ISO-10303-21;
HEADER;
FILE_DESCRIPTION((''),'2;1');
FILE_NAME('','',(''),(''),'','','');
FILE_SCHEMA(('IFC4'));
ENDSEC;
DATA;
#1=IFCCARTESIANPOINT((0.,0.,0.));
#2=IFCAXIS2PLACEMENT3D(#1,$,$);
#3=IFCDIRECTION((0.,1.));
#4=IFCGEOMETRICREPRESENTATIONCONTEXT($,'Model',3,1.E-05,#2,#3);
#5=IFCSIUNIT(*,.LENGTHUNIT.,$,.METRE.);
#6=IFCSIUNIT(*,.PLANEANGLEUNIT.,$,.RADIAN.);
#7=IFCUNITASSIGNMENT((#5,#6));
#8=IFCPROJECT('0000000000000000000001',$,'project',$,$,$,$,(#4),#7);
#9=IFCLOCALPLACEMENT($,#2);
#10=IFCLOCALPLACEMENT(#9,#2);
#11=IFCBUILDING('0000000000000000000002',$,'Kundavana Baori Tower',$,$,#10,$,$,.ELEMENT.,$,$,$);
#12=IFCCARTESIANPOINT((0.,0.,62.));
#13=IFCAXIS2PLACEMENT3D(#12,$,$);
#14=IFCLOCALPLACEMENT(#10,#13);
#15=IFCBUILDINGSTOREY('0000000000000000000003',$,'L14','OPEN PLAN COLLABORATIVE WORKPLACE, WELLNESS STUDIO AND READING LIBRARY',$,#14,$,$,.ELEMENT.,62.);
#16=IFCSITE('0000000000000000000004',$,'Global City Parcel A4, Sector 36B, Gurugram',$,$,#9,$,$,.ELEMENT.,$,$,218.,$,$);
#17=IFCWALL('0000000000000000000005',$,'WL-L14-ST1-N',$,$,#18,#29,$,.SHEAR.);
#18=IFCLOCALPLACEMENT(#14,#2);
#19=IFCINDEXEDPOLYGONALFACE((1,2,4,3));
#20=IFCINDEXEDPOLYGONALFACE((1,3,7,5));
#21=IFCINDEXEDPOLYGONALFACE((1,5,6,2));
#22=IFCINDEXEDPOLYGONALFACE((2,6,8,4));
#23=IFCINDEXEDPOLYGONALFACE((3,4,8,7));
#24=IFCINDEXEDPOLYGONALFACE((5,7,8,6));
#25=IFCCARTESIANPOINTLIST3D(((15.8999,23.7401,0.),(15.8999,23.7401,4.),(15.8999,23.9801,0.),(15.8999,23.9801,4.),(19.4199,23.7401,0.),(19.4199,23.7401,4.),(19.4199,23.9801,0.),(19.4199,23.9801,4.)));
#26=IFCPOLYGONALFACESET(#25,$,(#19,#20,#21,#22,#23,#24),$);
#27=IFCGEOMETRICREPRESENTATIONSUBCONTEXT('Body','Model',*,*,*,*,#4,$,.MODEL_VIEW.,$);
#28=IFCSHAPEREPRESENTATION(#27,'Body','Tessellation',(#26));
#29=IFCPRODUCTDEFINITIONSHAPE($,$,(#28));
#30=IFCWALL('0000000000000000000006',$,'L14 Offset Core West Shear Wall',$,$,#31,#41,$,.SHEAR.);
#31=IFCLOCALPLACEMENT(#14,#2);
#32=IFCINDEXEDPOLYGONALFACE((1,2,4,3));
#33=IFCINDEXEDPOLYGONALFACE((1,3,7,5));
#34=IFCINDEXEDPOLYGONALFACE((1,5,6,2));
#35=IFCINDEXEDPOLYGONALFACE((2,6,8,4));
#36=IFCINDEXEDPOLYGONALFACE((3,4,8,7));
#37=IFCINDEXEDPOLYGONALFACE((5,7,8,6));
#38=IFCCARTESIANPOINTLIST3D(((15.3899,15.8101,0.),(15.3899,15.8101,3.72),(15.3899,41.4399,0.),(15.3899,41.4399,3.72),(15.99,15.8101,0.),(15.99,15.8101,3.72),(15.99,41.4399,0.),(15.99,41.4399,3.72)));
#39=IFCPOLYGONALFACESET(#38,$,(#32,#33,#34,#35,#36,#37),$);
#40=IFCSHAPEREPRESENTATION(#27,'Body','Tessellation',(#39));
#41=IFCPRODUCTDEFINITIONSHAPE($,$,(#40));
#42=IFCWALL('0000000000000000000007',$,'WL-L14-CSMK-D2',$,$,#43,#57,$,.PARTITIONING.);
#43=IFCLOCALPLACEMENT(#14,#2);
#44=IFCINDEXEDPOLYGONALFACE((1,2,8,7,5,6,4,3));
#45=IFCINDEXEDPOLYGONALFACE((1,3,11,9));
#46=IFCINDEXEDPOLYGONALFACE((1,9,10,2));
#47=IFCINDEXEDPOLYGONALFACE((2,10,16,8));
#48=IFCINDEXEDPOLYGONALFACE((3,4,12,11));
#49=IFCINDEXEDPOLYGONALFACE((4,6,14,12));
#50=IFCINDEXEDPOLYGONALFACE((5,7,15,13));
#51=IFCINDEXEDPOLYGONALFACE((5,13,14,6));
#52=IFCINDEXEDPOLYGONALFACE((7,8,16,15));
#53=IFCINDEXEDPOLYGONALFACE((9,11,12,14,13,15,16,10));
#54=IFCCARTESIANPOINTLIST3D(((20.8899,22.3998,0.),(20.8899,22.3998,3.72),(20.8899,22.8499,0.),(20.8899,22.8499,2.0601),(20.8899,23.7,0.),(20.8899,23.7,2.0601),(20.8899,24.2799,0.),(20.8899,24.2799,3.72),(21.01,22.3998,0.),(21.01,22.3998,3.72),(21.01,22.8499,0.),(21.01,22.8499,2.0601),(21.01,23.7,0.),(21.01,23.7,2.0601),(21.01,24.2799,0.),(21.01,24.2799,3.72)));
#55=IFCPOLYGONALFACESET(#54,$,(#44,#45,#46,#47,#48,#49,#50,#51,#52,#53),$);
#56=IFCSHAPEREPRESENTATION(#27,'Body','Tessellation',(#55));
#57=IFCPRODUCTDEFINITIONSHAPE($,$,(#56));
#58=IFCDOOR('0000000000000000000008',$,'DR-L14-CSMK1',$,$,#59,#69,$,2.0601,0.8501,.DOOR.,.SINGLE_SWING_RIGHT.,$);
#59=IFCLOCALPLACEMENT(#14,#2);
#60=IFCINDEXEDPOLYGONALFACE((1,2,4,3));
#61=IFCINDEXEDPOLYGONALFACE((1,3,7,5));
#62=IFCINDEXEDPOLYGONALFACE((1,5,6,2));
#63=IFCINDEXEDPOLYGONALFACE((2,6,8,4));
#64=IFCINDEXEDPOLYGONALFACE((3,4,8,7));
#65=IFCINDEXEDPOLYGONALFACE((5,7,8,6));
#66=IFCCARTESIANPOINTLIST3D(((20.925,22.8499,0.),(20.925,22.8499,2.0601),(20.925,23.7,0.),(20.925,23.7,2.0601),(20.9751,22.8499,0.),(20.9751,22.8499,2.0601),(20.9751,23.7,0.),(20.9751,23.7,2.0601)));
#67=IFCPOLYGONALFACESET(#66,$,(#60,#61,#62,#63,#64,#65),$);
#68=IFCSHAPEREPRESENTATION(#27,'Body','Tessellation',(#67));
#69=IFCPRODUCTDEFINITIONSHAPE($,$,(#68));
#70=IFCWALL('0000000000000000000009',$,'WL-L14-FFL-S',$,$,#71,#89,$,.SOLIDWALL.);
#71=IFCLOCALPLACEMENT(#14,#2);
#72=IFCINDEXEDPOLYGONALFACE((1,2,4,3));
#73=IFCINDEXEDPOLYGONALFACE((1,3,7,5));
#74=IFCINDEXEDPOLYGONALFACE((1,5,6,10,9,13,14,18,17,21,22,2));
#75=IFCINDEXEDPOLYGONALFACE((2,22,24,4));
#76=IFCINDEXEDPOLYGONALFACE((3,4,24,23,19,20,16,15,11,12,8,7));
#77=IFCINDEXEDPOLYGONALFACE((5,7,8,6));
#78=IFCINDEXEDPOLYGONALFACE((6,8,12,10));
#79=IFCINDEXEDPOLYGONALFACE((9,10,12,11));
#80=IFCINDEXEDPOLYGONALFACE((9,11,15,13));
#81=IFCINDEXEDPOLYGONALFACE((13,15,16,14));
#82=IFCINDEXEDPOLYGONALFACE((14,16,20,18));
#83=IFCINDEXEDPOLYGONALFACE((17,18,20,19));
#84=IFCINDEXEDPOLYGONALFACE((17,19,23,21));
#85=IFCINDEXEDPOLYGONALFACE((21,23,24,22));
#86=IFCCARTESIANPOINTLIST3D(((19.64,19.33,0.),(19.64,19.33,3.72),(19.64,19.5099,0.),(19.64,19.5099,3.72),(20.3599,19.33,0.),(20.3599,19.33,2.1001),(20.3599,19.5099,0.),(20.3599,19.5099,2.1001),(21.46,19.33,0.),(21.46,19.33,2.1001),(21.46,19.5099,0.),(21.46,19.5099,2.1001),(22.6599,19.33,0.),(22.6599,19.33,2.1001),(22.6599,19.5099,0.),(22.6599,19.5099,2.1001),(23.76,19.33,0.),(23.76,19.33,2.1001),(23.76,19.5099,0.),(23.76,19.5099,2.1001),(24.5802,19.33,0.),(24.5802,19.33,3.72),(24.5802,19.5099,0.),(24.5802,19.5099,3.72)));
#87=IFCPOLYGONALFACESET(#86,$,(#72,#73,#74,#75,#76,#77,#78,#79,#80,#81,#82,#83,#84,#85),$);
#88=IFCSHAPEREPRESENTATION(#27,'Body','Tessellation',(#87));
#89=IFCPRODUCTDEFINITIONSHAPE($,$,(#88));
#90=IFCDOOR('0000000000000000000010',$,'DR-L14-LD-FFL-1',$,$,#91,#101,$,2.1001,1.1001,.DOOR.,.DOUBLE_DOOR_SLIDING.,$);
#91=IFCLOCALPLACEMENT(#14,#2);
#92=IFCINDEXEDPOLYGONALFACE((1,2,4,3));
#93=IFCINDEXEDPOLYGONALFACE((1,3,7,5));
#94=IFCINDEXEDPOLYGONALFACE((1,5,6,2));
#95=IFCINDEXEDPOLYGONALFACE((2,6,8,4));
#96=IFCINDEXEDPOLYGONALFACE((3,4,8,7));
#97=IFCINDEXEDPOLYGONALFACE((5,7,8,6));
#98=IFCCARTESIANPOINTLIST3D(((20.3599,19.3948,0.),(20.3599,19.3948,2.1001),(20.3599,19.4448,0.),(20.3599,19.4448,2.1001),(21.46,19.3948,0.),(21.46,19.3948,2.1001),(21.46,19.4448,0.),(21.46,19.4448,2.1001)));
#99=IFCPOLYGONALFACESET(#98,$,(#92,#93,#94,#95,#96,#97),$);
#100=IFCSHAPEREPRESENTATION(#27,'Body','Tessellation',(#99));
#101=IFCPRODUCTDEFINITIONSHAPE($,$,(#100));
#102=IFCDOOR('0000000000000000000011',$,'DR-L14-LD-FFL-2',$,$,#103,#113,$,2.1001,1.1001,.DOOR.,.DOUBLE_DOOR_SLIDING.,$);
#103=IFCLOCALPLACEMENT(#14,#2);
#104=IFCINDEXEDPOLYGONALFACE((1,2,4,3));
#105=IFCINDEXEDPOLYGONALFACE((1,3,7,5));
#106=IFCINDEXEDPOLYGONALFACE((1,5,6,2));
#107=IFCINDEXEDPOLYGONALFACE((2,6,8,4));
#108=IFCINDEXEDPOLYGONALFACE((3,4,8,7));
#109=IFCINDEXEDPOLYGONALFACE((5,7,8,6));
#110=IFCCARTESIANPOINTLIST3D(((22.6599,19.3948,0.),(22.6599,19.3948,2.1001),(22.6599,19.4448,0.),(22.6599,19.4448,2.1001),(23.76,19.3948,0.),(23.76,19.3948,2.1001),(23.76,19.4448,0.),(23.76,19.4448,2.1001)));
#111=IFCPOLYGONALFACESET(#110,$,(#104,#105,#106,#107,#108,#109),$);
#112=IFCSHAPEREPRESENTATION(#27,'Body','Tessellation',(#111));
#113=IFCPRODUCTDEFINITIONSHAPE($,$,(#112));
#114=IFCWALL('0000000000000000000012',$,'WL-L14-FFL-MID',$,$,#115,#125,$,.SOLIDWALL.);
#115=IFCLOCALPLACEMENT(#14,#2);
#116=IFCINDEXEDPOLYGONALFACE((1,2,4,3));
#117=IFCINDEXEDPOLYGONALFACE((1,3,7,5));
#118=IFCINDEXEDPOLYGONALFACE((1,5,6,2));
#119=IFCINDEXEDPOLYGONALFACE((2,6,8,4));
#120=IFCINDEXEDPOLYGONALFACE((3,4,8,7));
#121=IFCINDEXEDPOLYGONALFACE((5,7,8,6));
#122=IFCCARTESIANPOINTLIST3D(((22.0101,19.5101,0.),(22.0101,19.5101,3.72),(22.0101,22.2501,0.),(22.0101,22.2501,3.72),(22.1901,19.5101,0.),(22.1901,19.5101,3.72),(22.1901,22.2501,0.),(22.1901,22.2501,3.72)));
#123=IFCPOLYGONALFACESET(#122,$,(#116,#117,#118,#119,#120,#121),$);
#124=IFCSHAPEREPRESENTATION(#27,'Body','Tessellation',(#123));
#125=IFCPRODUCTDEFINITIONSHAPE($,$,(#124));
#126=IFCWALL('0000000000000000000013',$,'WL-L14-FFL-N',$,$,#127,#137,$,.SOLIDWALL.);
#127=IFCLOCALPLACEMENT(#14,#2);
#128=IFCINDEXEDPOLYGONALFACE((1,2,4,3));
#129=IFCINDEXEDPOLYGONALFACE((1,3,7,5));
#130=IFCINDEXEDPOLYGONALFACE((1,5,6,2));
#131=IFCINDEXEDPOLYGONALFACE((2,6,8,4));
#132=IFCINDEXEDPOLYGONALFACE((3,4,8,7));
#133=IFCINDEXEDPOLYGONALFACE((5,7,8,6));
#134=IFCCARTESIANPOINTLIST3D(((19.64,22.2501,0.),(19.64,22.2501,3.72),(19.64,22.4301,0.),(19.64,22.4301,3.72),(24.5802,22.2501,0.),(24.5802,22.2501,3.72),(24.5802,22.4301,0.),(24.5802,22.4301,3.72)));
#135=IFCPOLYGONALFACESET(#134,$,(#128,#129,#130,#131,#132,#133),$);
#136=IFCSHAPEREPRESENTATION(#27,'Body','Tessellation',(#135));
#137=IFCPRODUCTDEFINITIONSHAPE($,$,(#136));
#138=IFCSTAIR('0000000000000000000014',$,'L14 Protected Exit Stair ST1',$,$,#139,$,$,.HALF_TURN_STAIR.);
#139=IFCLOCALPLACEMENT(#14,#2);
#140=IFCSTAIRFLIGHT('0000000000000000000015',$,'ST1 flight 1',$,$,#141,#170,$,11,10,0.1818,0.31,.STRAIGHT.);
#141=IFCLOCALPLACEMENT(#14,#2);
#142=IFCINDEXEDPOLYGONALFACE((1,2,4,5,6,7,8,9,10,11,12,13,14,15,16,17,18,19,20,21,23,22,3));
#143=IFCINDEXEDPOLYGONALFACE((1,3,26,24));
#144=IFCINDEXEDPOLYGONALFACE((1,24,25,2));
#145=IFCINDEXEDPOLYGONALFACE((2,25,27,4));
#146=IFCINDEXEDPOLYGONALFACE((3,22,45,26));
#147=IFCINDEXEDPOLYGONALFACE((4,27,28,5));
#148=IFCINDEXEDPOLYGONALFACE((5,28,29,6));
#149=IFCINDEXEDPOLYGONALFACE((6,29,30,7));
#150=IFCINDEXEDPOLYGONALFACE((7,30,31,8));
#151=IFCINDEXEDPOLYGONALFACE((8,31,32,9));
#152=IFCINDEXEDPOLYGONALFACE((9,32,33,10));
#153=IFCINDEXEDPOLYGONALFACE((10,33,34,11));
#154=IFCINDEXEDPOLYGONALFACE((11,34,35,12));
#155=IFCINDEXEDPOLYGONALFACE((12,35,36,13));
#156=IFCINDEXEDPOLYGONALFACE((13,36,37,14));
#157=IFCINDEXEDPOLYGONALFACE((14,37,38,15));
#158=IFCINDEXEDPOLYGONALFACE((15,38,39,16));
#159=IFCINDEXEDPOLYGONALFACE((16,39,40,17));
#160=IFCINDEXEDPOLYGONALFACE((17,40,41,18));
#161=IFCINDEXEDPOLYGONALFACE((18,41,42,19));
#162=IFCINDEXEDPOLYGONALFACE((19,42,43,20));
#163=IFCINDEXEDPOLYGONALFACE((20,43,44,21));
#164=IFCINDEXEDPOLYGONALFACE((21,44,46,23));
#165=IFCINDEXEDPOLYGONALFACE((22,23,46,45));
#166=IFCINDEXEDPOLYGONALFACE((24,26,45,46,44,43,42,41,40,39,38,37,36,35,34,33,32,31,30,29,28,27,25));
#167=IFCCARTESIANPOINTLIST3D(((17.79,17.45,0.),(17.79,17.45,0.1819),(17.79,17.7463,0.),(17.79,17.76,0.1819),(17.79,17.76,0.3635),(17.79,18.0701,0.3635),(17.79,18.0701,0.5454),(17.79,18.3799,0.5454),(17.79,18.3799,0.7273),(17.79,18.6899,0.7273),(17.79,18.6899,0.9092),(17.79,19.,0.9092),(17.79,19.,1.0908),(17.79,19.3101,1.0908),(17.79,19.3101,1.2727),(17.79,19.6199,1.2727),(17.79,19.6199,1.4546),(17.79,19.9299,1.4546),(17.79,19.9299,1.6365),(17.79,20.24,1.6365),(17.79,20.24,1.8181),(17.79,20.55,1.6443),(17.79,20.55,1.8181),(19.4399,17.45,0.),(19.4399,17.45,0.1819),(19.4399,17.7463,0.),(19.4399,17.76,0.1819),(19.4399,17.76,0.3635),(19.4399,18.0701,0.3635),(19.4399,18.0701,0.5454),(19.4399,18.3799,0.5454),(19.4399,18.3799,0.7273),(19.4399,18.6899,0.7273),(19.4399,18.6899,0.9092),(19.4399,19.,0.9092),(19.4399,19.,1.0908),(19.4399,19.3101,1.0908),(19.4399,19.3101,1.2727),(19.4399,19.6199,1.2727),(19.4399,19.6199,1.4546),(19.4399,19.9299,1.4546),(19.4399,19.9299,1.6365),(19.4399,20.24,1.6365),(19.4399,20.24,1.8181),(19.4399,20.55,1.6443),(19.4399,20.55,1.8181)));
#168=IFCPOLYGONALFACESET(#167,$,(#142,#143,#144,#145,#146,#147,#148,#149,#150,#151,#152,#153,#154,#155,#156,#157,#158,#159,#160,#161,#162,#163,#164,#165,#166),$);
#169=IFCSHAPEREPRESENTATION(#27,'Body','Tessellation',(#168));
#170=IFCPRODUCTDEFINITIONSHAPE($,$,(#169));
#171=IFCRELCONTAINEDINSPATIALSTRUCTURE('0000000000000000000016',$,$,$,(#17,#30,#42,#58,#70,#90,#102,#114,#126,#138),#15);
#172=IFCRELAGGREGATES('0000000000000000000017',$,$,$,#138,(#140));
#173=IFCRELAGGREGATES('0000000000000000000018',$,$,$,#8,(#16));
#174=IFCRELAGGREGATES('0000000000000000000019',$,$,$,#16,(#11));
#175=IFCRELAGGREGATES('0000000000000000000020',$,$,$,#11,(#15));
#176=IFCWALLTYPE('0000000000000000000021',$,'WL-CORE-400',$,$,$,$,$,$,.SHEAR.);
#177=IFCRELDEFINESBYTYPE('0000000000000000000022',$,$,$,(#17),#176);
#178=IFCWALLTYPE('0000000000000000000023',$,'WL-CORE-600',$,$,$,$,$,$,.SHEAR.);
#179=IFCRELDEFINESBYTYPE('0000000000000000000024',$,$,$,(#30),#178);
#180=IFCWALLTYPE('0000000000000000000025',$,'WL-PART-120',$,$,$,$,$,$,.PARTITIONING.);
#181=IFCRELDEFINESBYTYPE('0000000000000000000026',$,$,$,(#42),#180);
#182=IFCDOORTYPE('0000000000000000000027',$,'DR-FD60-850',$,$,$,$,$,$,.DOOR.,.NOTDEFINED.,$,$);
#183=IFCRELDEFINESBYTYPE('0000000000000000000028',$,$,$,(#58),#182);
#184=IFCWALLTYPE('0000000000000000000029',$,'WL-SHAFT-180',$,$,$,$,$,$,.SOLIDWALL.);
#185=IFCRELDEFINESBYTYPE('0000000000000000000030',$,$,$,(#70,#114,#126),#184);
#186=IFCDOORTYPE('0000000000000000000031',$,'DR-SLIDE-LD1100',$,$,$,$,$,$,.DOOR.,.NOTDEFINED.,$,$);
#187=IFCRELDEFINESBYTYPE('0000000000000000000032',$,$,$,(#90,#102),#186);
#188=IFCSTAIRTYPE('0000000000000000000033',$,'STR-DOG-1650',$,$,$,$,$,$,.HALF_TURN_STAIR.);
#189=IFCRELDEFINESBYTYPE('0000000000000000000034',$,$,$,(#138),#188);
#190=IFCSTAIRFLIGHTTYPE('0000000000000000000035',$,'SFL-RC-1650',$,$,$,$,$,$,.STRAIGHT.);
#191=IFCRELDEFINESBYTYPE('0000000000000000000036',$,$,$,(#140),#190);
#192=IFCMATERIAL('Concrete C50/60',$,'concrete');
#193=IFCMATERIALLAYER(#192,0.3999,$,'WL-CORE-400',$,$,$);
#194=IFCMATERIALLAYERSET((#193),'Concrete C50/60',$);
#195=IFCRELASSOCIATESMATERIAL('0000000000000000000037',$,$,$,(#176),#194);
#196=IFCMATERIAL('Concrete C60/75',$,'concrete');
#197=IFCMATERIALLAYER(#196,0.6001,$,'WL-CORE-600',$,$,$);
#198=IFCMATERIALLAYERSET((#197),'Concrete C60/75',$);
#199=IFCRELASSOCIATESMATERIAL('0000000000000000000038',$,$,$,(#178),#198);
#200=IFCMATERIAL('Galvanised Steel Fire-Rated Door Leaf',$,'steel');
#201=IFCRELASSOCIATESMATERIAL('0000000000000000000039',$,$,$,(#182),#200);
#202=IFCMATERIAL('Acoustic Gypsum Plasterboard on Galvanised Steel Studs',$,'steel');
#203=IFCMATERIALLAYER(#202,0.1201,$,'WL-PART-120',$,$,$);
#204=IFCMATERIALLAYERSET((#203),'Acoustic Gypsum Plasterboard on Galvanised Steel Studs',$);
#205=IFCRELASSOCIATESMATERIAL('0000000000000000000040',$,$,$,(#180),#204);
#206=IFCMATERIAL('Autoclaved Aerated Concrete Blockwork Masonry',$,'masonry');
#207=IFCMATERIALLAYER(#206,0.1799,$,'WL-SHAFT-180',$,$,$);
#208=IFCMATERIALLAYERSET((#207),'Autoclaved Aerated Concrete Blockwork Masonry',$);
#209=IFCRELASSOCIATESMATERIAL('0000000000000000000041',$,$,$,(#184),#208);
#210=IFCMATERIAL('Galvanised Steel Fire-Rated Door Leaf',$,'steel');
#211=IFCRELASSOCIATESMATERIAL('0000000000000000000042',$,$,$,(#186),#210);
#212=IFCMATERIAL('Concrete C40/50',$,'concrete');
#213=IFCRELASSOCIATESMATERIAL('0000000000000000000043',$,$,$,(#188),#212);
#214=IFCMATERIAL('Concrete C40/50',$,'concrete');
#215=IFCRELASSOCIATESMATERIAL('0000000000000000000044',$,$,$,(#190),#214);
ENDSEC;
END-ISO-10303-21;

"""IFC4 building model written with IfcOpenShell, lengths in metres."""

from ifc_helpers import new_model, si_unit, direction, frame, frame_2d, origin, place, context, subcontext, project, spatial, polyline, rectangle, outline, extrude, material, layer, layer_set, type_object, element, fill, aggregate, save


model = new_model("IFC4")

# Units and contexts
model_context = context("Model", 3, precision=1e-05, world=origin(), true_north=direction((0.0, 1.0)))
body_context = subcontext(model_context, "Body", "Model", "MODEL_VIEW")
ifc_project = project(units=[si_unit("LENGTHUNIT", "METRE"), si_unit("PLANEANGLEUNIT", "RADIAN")], contexts=[model_context])

# Site, building, storey
site_placement = place(None, origin())
site = spatial("IfcSite", under=ifc_project, at=site_placement, Name="Global City Parcel A4, Sector 36B, Gurugram", CompositionType="ELEMENT", RefElevation=218.0)
building_placement = place(site_placement, origin())
building = spatial("IfcBuilding", under=site, at=building_placement, Name="Kundavana Baori Tower", CompositionType="ELEMENT")
storey_placement = place(building_placement, frame((0.0, 0.0, 62.0)))
storey = spatial("IfcBuildingStorey", under=building, at=storey_placement, Name="L14", Description="OPEN PLAN COLLABORATIVE WORKPLACE, WELLNESS STUDIO AND READING LIBRARY", CompositionType="ELEMENT", Elevation=62.0)

# Walls
ifc_material_1 = material(Name="Concrete C50/60", Category="concrete")
ifc_layer_1 = layer(ifc_material_1, 0.3999, Name="WL-CORE-400")
ifc_layer_set_1 = layer_set([ifc_layer_1], Name="Concrete C50/60")
wall_type_1 = type_object("IfcWallType", Name="WL-CORE-400", PredefinedType="SHEAR", material=ifc_layer_set_1)
wall_1_placement = place(storey_placement, frame((15.8999, 23.8601, 0.0), z_axis=(0.0, 0.0, 1.0), x_axis=(1.0, 0.0, 0.0)))
element("IfcWall", 1, at=wall_1_placement, inside=storey, type_object=wall_type_1, Name="WL-L14-ST1-N", PredefinedType="SHEAR", context=body_context, shape_type="SweptSolid", body=[
    extrude(rectangle(XDim=3.52, YDim=0.24, at=frame_2d((1.76, 0.0))), origin(), (0.0, 0.0, 1.0), 4.0),
])
ifc_material_2 = material(Name="Concrete C60/75", Category="concrete")
ifc_layer_2 = layer(ifc_material_2, 0.6001, Name="WL-CORE-600")
ifc_layer_set_2 = layer_set([ifc_layer_2], Name="Concrete C60/75")
wall_type_2 = type_object("IfcWallType", Name="WL-CORE-600", PredefinedType="SHEAR", material=ifc_layer_set_2)
wall_2_placement = place(storey_placement, frame((15.6899, 15.8101, 0.0), z_axis=(0.0, 0.0, 1.0), x_axis=(0.0, 1.0, 0.0)))
element("IfcWall", 2, at=wall_2_placement, inside=storey, type_object=wall_type_2, Name="L14 Offset Core West Shear Wall", PredefinedType="SHEAR", context=body_context, shape_type="SweptSolid", body=[
    extrude(rectangle(XDim=25.6299, YDim=0.6001, at=frame_2d((12.8149, 0.0))), origin(), (0.0, 0.0, 1.0), 3.72),
])

# Shared definitions
ifc_material_3 = material(Name="Galvanised Steel Fire-Rated Door Leaf", Category="steel")
door_type_1 = type_object("IfcDoorType", Name="DR-FD60-850", OperationType="NOTDEFINED", PredefinedType="DOOR", material=ifc_material_3)

# Wall, opening, door
ifc_material_4 = material(Name="Acoustic Gypsum Plasterboard on Galvanised Steel Studs", Category="steel")
ifc_layer_3 = layer(ifc_material_4, 0.1201, Name="WL-PART-120")
ifc_layer_set_3 = layer_set([ifc_layer_3], Name="Acoustic Gypsum Plasterboard on Galvanised Steel Studs")
wall_type_3 = type_object("IfcWallType", Name="WL-PART-120", PredefinedType="PARTITIONING", material=ifc_layer_set_3)
wall_3_placement = place(storey_placement, frame((20.95, 22.3999, 0.0), z_axis=(0.0, 0.0, 1.0), x_axis=(0.0, 1.0, 0.0)))
wall_3 = element("IfcWall", 3, at=wall_3_placement, inside=storey, type_object=wall_type_3, Name="WL-L14-CSMK-D2", PredefinedType="PARTITIONING", context=body_context, shape_type="SweptSolid", body=[
    extrude(rectangle(XDim=1.8801, YDim=0.1201, at=frame_2d((0.9399, 0.0))), origin(), (0.0, 0.0, 1.0), 3.72),
])
opening_1_placement = place(wall_3_placement, frame((0.45, 0.0, 0.0)))
opening_1 = element("IfcOpeningElement", 4, at=opening_1_placement, cuts=wall_3, PredefinedType="OPENING", context=body_context, shape_type="SweptSolid", body=[
    extrude(rectangle(XDim=0.8501, YDim=2.0601, at=frame_2d((0.425, 1.03))), frame((0.0, 0.0701, 0.0), z_axis=(0.0, -1.0, 0.0), x_axis=(1.0, 0.0, 0.0)), (0.0, 0.0, 1.0), 0.1401),
])
door_1_placement = place(opening_1_placement, origin())
door_1 = element("IfcDoor", 5, at=door_1_placement, inside=storey, type_object=door_type_1, Name="DR-L14-CSMK1", OperationType="SINGLE_SWING_RIGHT", OverallHeight=2.0601, OverallWidth=0.8501, PredefinedType="DOOR", context=body_context, shape_type="SweptSolid", body=[
    extrude(rectangle(XDim=0.8501, YDim=2.0601, at=frame_2d((0.425, 1.03))), frame((0.0, 0.0249, 0.0), z_axis=(0.0, -1.0, 0.0), x_axis=(1.0, 0.0, 0.0)), (0.0, 0.0, 1.0), 0.05),
])
fill(opening_1, door_1)

# Wall, openings, doors
ifc_material_5 = material(Name="Autoclaved Aerated Concrete Blockwork Masonry", Category="masonry")
ifc_layer_4 = layer(ifc_material_5, 0.1799, Name="WL-SHAFT-180")
ifc_layer_set_4 = layer_set([ifc_layer_4], Name="Autoclaved Aerated Concrete Blockwork Masonry")
wall_type_4 = type_object("IfcWallType", Name="WL-SHAFT-180", PredefinedType="SOLIDWALL", material=ifc_layer_set_4)
wall_4_placement = place(storey_placement, frame((19.6399, 19.4199, 0.0), z_axis=(0.0, 0.0, 1.0), x_axis=(1.0, 0.0, 0.0)))
wall_4 = element("IfcWall", 6, at=wall_4_placement, inside=storey, type_object=wall_type_4, Name="WL-L14-FFL-S", PredefinedType="SOLIDWALL", context=body_context, shape_type="SweptSolid", body=[
    extrude(rectangle(XDim=4.9402, YDim=0.1799, at=frame_2d((2.4702, 0.0))), origin(), (0.0, 0.0, 1.0), 3.72),
])
opening_2_placement = place(wall_4_placement, frame((0.72, 0.0, 0.0)))
opening_2 = element("IfcOpeningElement", 7, at=opening_2_placement, cuts=wall_4, PredefinedType="OPENING", context=body_context, shape_type="SweptSolid", body=[
    extrude(rectangle(XDim=1.1001, YDim=2.1001, at=frame_2d((0.55, 1.05))), frame((0.0, 0.1001, 0.0), z_axis=(0.0, -1.0, 0.0), x_axis=(1.0, 0.0, 0.0)), (0.0, 0.0, 1.0), 0.2),
])
opening_3_placement = place(wall_4_placement, frame((3.02, 0.0, 0.0)))
opening_3 = element("IfcOpeningElement", 8, at=opening_3_placement, cuts=wall_4, PredefinedType="OPENING", context=body_context, shape_type="SweptSolid", body=[
    extrude(rectangle(XDim=1.1001, YDim=2.1001, at=frame_2d((0.55, 1.05))), frame((0.0, 0.1001, 0.0), z_axis=(0.0, -1.0, 0.0), x_axis=(1.0, 0.0, 0.0)), (0.0, 0.0, 1.0), 0.2),
])
ifc_material_6 = material(Name="Galvanised Steel Fire-Rated Door Leaf", Category="steel")
door_type_2 = type_object("IfcDoorType", Name="DR-SLIDE-LD1100", OperationType="NOTDEFINED", PredefinedType="DOOR", material=ifc_material_6)
door_2_placement = place(opening_2_placement, origin())
door_2 = element("IfcDoor", 9, at=door_2_placement, inside=storey, type_object=door_type_2, Name="DR-L14-LD-FFL-1", OperationType="DOUBLE_DOOR_SLIDING", OverallHeight=2.1001, OverallWidth=1.1001, PredefinedType="DOOR", context=body_context, shape_type="SweptSolid", body=[
    extrude(rectangle(XDim=1.1001, YDim=2.1001, at=frame_2d((0.55, 1.05))), frame((0.0, 0.0249, 0.0), z_axis=(0.0, -1.0, 0.0), x_axis=(1.0, 0.0, 0.0)), (0.0, 0.0, 1.0), 0.05),
])
fill(opening_2, door_2)
door_3_placement = place(opening_3_placement, origin())
door_3 = element("IfcDoor", 10, at=door_3_placement, inside=storey, type_object=door_type_2, Name="DR-L14-LD-FFL-2", OperationType="DOUBLE_DOOR_SLIDING", OverallHeight=2.1001, OverallWidth=1.1001, PredefinedType="DOOR", context=body_context, shape_type="SweptSolid", body=[
    extrude(rectangle(XDim=1.1001, YDim=2.1001, at=frame_2d((0.55, 1.05))), frame((0.0, 0.0249, 0.0), z_axis=(0.0, -1.0, 0.0), x_axis=(1.0, 0.0, 0.0)), (0.0, 0.0, 1.0), 0.05),
])
fill(opening_3, door_3)

# Walls
wall_5_placement = place(storey_placement, frame((22.1001, 19.51, 0.0), z_axis=(0.0, 0.0, 1.0), x_axis=(0.0, 1.0, 0.0)))
element("IfcWall", 11, at=wall_5_placement, inside=storey, type_object=wall_type_4, Name="WL-L14-FFL-MID", PredefinedType="SOLIDWALL", context=body_context, shape_type="SweptSolid", body=[
    extrude(rectangle(XDim=2.74, YDim=0.1799, at=frame_2d((1.3701, 0.0))), origin(), (0.0, 0.0, 1.0), 3.72),
])
wall_6_placement = place(storey_placement, frame((19.6399, 22.3401, 0.0), z_axis=(0.0, 0.0, 1.0), x_axis=(1.0, 0.0, 0.0)))
element("IfcWall", 12, at=wall_6_placement, inside=storey, type_object=wall_type_4, Name="WL-L14-FFL-N", PredefinedType="SOLIDWALL", context=body_context, shape_type="SweptSolid", body=[
    extrude(rectangle(XDim=4.9402, YDim=0.1799, at=frame_2d((2.4702, 0.0))), origin(), (0.0, 0.0, 1.0), 3.72),
])

# Stair, stair flight
ifc_material_7 = material(Name="Concrete C40/50", Category="concrete")
stair_type = type_object("IfcStairType", Name="STR-DOG-1650", PredefinedType="HALF_TURN_STAIR", material=ifc_material_7)
stair_placement = place(storey_placement, origin())
stair = element("IfcStair", 13, at=stair_placement, inside=storey, type_object=stair_type, Name="L14 Protected Exit Stair ST1", PredefinedType="HALF_TURN_STAIR")
ifc_material_8 = material(Name="Concrete C40/50", Category="concrete")
stair_flight_type = type_object("IfcStairFlightType", Name="SFL-RC-1650", PredefinedType="STRAIGHT", material=ifc_material_8)
stair_flight_1_placement = place(storey_placement, frame((18.615, 17.45, 0.0), z_axis=(0.0, 0.0, 1.0), x_axis=(0.0, 1.0, 0.0)))
stair_flight_1 = element("IfcStairFlight", 14, at=stair_flight_1_placement, type_object=stair_flight_type, Name="ST1 flight 1", NumberOfRisers=11, NumberOfTreads=10, PredefinedType="STRAIGHT", RiserHeight=0.1818, TreadLength=0.31, context=body_context, shape_type="SweptSolid", body=[
    extrude(outline(polyline([(0.0, 0.0), (0.0, 0.1819), (0.3101, 0.1819), (0.3101, 0.3635), (0.6201, 0.3635), (0.6201, 0.5454), (0.9299, 0.5454), (0.9299, 0.7273), (1.24, 0.7273), (1.24, 0.9092), (1.55, 0.9092), (1.55, 1.0908), (1.8601, 1.0908), (1.8601, 1.2727), (2.1699, 1.2727), (2.1699, 1.4546), (2.48, 1.4546), (2.48, 1.6365), (2.79, 1.6365), (2.79, 1.8181), (3.1001, 1.8181), (3.1001, 2.0), (3.1001, 1.6443), (0.2964, 0.0), (0.0, 0.0)])), frame((0.0, 0.825, 0.0), z_axis=(0.0, -1.0, 0.0), x_axis=(1.0, 0.0, 0.0)), (0.0, 0.0, 1.0), 1.6499),
])
aggregate(stair, [stair_flight_1])

save(model, "model.ifc")
